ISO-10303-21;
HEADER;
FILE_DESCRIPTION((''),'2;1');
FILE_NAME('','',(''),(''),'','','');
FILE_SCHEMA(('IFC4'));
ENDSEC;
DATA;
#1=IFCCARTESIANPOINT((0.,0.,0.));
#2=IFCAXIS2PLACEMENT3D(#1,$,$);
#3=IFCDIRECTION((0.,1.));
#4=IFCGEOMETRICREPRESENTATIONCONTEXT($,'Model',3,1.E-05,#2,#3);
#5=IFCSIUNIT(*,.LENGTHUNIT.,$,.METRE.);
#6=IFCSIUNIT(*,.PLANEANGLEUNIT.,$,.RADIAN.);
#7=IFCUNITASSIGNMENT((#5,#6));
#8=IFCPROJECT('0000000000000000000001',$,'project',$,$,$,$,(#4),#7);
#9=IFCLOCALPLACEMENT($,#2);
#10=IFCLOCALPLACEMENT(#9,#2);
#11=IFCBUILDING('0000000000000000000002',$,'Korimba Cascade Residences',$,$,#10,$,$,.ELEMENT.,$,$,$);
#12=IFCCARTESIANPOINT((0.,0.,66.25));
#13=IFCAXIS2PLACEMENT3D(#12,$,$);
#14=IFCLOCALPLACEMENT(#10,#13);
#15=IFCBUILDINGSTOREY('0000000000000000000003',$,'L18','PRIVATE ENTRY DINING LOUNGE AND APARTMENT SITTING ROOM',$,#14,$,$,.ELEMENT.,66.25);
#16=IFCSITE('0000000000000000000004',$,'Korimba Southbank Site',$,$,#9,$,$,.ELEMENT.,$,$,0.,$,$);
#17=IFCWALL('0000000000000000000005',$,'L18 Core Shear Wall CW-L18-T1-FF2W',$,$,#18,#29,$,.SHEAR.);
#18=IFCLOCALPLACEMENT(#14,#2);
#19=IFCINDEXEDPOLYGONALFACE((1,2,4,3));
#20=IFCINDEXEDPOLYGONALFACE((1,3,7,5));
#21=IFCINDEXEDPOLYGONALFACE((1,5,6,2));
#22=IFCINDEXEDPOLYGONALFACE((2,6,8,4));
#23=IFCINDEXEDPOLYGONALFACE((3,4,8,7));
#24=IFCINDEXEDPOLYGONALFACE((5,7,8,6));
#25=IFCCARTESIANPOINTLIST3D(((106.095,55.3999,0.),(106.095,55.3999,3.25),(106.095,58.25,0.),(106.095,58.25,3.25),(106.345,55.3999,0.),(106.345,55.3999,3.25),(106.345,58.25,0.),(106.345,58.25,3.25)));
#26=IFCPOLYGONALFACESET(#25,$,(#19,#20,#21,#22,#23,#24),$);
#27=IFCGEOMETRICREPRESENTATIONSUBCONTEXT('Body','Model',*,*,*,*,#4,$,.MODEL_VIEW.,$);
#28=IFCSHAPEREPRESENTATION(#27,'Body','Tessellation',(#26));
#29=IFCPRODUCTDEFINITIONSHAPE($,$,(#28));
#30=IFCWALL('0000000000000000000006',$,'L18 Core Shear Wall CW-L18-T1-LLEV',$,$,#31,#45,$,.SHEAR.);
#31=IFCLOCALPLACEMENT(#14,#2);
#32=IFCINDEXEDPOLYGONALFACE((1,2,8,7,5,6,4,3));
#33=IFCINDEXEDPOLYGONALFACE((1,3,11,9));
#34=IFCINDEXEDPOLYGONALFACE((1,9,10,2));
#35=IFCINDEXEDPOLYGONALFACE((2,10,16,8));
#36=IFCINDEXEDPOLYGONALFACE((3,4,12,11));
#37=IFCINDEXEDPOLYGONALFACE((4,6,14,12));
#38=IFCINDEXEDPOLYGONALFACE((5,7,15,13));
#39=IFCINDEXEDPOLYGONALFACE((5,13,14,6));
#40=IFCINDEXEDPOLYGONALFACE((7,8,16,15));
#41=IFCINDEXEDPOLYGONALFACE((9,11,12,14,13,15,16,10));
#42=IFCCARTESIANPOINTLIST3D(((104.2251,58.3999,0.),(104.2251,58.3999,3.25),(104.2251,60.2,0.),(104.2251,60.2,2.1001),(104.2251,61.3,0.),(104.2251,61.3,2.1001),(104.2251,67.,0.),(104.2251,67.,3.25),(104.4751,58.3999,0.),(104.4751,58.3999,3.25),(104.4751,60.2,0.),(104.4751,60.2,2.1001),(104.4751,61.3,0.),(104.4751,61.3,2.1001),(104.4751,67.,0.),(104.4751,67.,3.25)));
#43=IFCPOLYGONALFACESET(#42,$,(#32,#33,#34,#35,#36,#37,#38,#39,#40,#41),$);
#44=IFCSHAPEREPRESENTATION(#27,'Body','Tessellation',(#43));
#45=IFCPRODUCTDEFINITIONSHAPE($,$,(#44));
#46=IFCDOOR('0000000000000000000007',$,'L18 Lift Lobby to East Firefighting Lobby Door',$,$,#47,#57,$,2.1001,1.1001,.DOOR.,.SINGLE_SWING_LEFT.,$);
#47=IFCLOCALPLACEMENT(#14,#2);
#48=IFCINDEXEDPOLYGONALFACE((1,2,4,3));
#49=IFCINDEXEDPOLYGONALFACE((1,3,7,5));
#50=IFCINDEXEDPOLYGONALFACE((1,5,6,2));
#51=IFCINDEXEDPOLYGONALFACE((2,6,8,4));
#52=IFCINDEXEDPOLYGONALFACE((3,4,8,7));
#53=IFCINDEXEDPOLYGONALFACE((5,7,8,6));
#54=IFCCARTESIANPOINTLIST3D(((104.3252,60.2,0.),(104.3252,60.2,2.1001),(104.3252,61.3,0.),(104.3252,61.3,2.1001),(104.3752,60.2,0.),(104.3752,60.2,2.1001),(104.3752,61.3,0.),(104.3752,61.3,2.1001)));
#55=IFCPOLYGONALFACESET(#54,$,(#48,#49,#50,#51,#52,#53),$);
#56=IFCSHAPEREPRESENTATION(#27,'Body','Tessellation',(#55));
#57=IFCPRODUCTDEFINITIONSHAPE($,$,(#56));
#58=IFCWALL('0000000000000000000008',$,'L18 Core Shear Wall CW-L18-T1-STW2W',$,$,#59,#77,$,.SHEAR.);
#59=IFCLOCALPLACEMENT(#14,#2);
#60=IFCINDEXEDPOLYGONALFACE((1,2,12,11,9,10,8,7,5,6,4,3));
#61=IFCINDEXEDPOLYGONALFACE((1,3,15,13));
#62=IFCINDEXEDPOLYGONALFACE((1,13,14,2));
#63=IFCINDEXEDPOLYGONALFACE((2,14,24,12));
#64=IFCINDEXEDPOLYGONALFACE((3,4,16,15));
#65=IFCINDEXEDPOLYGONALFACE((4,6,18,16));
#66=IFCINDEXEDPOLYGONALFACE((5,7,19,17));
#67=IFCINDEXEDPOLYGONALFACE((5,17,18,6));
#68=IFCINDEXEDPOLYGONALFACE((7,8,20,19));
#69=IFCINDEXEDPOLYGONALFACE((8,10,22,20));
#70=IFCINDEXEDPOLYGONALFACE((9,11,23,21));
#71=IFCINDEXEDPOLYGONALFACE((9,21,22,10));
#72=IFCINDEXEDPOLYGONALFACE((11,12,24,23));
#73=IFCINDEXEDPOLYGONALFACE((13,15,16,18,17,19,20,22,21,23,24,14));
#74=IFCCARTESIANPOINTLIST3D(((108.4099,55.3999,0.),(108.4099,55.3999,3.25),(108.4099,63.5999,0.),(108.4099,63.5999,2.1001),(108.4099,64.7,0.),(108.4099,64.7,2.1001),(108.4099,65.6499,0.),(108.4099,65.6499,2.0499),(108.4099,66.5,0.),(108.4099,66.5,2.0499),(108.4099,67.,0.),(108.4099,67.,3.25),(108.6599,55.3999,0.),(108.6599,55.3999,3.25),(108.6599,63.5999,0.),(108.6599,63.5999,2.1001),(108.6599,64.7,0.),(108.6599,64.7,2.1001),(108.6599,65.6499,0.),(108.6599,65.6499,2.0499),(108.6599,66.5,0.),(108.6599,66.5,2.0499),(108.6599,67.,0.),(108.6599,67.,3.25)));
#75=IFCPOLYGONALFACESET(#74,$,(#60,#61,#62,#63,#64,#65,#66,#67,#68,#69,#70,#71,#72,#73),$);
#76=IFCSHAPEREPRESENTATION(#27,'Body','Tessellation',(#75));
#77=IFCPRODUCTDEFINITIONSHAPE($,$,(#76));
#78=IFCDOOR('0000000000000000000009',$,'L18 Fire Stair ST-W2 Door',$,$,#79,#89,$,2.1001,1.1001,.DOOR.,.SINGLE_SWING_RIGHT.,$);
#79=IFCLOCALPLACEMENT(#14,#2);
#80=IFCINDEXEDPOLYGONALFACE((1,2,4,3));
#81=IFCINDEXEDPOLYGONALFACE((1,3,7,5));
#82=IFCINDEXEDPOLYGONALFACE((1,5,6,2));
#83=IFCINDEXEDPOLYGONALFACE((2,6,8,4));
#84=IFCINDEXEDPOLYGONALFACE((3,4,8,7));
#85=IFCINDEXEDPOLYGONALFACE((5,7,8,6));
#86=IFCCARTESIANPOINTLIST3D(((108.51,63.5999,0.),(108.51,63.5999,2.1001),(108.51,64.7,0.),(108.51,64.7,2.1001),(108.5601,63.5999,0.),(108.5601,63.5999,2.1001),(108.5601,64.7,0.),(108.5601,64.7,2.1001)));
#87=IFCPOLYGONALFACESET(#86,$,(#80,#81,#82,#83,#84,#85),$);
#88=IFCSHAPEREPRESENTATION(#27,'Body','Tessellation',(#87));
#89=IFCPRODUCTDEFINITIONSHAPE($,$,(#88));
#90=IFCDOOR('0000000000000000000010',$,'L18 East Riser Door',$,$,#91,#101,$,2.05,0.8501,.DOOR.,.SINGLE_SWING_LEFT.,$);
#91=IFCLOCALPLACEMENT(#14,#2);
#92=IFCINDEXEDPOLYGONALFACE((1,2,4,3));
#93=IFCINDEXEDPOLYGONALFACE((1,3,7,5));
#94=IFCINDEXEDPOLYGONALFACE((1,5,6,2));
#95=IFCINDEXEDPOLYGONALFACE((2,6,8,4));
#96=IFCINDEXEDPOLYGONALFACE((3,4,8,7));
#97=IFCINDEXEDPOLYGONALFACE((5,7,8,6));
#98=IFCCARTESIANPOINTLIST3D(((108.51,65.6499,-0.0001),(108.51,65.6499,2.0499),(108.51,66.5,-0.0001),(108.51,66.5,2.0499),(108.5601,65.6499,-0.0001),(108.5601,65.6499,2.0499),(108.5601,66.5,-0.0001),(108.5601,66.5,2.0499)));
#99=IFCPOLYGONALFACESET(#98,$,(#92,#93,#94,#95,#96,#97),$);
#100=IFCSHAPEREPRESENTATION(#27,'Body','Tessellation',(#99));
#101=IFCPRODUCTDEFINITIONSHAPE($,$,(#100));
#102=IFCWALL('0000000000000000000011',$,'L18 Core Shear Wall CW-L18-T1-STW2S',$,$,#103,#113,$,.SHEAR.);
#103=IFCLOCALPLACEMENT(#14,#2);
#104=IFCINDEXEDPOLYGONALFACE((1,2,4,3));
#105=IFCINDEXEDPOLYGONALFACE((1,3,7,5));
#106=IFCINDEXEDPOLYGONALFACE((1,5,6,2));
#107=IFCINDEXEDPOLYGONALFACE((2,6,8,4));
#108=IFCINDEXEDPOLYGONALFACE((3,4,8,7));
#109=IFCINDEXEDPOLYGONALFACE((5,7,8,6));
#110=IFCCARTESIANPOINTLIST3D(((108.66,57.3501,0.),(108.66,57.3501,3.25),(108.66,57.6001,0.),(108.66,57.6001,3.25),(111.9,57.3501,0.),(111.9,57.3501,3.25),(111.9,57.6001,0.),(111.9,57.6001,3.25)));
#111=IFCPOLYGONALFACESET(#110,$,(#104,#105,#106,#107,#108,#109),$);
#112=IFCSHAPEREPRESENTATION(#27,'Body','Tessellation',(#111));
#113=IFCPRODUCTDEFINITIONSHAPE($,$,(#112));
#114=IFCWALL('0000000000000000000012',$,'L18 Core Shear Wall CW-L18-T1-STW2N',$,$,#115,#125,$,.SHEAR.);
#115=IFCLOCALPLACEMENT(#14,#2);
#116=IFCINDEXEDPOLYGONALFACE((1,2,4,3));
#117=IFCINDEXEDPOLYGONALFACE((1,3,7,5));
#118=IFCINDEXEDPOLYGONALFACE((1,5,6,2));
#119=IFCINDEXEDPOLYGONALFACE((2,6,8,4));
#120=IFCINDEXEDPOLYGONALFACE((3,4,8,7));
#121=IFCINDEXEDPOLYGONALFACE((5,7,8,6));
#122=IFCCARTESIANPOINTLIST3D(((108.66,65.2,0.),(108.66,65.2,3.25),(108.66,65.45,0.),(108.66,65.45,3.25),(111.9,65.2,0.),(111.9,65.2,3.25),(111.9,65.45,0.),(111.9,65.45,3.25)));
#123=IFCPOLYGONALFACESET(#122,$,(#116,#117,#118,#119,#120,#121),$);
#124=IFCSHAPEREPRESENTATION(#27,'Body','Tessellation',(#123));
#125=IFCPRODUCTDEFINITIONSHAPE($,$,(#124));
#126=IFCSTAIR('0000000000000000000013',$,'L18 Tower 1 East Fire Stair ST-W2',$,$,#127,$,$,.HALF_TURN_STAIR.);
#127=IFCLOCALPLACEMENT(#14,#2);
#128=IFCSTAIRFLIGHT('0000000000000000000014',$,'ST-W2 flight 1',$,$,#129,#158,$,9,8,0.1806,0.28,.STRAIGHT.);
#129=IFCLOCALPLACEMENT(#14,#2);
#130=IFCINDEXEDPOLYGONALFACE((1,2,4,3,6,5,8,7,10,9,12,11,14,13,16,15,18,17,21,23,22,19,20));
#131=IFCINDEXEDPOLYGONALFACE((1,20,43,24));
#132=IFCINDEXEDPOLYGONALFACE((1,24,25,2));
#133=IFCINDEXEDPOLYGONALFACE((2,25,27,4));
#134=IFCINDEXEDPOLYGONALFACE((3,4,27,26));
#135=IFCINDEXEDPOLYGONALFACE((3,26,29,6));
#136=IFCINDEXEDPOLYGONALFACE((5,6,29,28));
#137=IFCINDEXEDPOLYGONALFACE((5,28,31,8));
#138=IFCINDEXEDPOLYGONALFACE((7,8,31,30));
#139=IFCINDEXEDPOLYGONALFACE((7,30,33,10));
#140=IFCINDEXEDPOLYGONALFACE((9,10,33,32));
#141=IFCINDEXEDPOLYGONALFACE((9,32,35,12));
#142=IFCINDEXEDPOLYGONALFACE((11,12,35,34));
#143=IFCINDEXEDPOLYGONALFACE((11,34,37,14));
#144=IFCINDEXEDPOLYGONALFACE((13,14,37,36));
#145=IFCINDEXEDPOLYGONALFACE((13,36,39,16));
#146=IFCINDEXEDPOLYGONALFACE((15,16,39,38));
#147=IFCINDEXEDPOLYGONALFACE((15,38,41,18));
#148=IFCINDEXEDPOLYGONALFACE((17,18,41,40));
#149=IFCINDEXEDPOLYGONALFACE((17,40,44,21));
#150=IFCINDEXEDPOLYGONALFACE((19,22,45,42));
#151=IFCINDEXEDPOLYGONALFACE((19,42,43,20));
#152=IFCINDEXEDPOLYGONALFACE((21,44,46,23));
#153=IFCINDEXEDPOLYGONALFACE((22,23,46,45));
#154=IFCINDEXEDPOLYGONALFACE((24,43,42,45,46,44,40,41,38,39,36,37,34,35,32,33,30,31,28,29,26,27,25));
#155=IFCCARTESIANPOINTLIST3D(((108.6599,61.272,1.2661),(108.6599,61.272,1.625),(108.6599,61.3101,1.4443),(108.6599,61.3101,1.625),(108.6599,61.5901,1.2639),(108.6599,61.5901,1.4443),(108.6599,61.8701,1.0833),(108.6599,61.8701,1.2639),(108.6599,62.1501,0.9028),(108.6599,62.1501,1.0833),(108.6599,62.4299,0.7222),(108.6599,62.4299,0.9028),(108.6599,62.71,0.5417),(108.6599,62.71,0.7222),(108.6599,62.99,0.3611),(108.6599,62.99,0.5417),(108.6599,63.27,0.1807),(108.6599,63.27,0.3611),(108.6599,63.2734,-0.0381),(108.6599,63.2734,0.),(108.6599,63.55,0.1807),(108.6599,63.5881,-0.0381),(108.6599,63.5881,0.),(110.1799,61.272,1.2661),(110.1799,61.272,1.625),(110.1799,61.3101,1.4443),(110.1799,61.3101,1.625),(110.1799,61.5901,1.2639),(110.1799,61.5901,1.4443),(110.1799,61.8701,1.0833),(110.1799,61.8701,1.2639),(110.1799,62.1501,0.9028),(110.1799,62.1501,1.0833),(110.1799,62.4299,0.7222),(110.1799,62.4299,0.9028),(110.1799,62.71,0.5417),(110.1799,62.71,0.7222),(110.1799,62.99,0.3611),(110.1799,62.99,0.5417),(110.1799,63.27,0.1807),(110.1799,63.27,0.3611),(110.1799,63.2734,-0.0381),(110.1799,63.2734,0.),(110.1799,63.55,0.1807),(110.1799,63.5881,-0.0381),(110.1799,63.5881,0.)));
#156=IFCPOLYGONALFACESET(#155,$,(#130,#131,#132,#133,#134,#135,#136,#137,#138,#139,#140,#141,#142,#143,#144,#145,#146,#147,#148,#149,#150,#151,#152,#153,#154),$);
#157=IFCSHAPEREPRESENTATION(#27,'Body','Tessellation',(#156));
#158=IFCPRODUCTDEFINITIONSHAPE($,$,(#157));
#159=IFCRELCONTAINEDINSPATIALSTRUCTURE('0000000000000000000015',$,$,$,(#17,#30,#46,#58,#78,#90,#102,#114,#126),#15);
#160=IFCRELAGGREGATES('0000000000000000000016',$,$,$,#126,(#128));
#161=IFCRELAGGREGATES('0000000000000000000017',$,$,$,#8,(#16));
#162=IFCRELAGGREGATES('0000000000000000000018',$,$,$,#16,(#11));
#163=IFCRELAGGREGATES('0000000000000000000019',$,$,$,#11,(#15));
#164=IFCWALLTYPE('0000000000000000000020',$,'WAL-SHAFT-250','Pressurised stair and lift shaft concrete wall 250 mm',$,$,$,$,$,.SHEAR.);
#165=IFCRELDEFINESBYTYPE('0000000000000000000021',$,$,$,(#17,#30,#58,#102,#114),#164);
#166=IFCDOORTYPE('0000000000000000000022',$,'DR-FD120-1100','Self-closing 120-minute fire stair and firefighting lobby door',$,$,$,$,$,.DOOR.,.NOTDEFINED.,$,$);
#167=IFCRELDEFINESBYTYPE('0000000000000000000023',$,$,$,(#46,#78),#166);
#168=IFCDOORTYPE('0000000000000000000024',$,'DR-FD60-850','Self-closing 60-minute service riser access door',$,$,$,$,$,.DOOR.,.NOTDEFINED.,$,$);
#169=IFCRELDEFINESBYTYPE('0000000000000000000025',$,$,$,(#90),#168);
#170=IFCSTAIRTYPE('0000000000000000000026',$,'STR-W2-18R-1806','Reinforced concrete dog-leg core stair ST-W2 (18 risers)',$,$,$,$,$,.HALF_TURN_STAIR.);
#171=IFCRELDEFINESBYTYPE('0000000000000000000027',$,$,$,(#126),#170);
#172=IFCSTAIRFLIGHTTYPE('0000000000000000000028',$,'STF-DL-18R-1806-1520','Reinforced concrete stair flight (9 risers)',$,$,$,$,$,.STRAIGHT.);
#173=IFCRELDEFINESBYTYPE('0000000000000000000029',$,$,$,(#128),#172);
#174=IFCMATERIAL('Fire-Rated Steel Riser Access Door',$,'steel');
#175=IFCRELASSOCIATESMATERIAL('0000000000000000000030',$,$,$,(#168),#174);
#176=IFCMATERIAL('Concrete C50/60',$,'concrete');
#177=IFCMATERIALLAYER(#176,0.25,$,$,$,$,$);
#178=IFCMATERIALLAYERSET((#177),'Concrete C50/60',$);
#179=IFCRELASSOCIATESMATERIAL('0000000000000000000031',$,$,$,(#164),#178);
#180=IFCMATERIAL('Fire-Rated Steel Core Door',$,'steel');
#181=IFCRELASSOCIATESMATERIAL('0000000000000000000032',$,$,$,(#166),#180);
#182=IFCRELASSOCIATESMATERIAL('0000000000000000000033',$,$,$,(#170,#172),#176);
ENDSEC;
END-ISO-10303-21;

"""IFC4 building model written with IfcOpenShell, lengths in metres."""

from ifc_helpers import new_model, si_unit, direction, frame, frame_2d, origin, place, context, subcontext, project, spatial, polyline, rectangle, outline, extrude, material, layer, layer_set, type_object, element, fill, aggregate, save


model = new_model("IFC4")

# Units and contexts
model_context = context("Model", 3, precision=1e-05, world=origin(), true_north=direction((0.0, 1.0)))
body_context = subcontext(model_context, "Body", "Model", "MODEL_VIEW")
ifc_project = project(units=[si_unit("LENGTHUNIT", "METRE"), si_unit("PLANEANGLEUNIT", "RADIAN")], contexts=[model_context])

# Site, building, storey
site_placement = place(None, origin())
site = spatial("IfcSite", under=ifc_project, at=site_placement, Name="Korimba Southbank Site", CompositionType="ELEMENT", RefElevation=0.0)
building_placement = place(site_placement, origin())
building = spatial("IfcBuilding", under=site, at=building_placement, Name="Korimba Cascade Residences", CompositionType="ELEMENT")
storey_placement = place(building_placement, frame((0.0, 0.0, 66.25)))
storey = spatial("IfcBuildingStorey", under=building, at=storey_placement, Name="L18", Description="PRIVATE ENTRY DINING LOUNGE AND APARTMENT SITTING ROOM", CompositionType="ELEMENT", Elevation=66.25)

# Shared definitions
ifc_material_1 = material(Name="Concrete C50/60", Category="concrete")

# Shared definitions
ifc_material_2 = material(Name="Fire-Rated Steel Riser Access Door", Category="steel")
door_type_1 = type_object("IfcDoorType", Name="DR-FD60-850", Description="Self-closing 60-minute service riser access door", OperationType="NOTDEFINED", PredefinedType="DOOR", material=ifc_material_2)

# Wall
ifc_layer_1 = layer(ifc_material_1, 0.25)
ifc_layer_set_1 = layer_set([ifc_layer_1], Name="Concrete C50/60")
wall_type_1 = type_object("IfcWallType", Name="WAL-SHAFT-250", Description="Pressurised stair and lift shaft concrete wall 250 mm", PredefinedType="SHEAR", material=ifc_layer_set_1)
wall_1_placement = place(storey_placement, frame((106.22, 55.3999, 0.0), z_axis=(0.0, 0.0, 1.0), x_axis=(0.0, 1.0, 0.0)))
element("IfcWall", 1, at=wall_1_placement, inside=storey, type_object=wall_type_1, Name="L18 Core Shear Wall CW-L18-T1-FF2W", PredefinedType="SHEAR", context=body_context, shape_type="SweptSolid", body=[
    extrude(rectangle(XDim=2.8501, YDim=0.25, at=frame_2d((1.425, 0.0))), origin(), (0.0, 0.0, 1.0), 3.25),
])

# Wall, opening, door
wall_2_placement = place(storey_placement, frame((104.3501, 58.3999, 0.0), z_axis=(0.0, 0.0, 1.0), x_axis=(0.0, 1.0, 0.0)))
wall_2 = element("IfcWall", 2, at=wall_2_placement, inside=storey, type_object=wall_type_1, Name="L18 Core Shear Wall CW-L18-T1-LLEV", PredefinedType="SHEAR", context=body_context, shape_type="SweptSolid", body=[
    extrude(rectangle(XDim=8.6001, YDim=0.25, at=frame_2d((4.3, 0.0))), origin(), (0.0, 0.0, 1.0), 3.25),
])
opening_1_placement = place(wall_2_placement, frame((1.8, 0.0, 0.0)))
opening_1 = element("IfcOpeningElement", 3, at=opening_1_placement, cuts=wall_2, PredefinedType="OPENING", context=body_context, shape_type="SweptSolid", body=[
    extrude(rectangle(XDim=1.1001, YDim=2.1001, at=frame_2d((0.55, 1.05))), frame((0.0, 0.135, 0.0), z_axis=(0.0, -1.0, 0.0), x_axis=(1.0, 0.0, 0.0)), (0.0, 0.0, 1.0), 0.27),
])
ifc_material_3 = material(Name="Fire-Rated Steel Core Door", Category="steel")
door_type_2 = type_object("IfcDoorType", Name="DR-FD120-1100", Description="Self-closing 120-minute fire stair and firefighting lobby door", OperationType="NOTDEFINED", PredefinedType="DOOR", material=ifc_material_3)
door_1_placement = place(opening_1_placement, origin())
door_1 = element("IfcDoor", 4, at=door_1_placement, inside=storey, type_object=door_type_2, Name="L18 Lift Lobby to East Firefighting Lobby Door", OperationType="SINGLE_SWING_LEFT", OverallHeight=2.1001, OverallWidth=1.1001, PredefinedType="DOOR", context=body_context, shape_type="SweptSolid", body=[
    extrude(rectangle(XDim=1.1001, YDim=2.1001, at=frame_2d((0.55, 1.05))), frame((0.0, 0.0249, 0.0), z_axis=(0.0, -1.0, 0.0), x_axis=(1.0, 0.0, 0.0)), (0.0, 0.0, 1.0), 0.05),
])
fill(opening_1, door_1)

# Wall, openings, doors
wall_3_placement = place(storey_placement, frame((108.5349, 55.3999, 0.0), z_axis=(0.0, 0.0, 1.0), x_axis=(0.0, 1.0, 0.0)))
wall_3 = element("IfcWall", 5, at=wall_3_placement, inside=storey, type_object=wall_type_1, Name="L18 Core Shear Wall CW-L18-T1-STW2W", PredefinedType="SHEAR", context=body_context, shape_type="SweptSolid", body=[
    extrude(rectangle(XDim=11.6001, YDim=0.25, at=frame_2d((5.8, 0.0))), origin(), (0.0, 0.0, 1.0), 3.25),
])
opening_2_placement = place(wall_3_placement, frame((8.2, 0.0, 0.0)))
opening_2 = element("IfcOpeningElement", 6, at=opening_2_placement, cuts=wall_3, PredefinedType="OPENING", context=body_context, shape_type="SweptSolid", body=[
    extrude(rectangle(XDim=1.1001, YDim=2.1001, at=frame_2d((0.55, 1.05))), frame((0.0, 0.135, 0.0), z_axis=(0.0, -1.0, 0.0), x_axis=(1.0, 0.0, 0.0)), (0.0, 0.0, 1.0), 0.27),
])
opening_3_placement = place(wall_3_placement, frame((10.25, 0.0, 0.0)))
opening_3 = element("IfcOpeningElement", 7, at=opening_3_placement, cuts=wall_3, PredefinedType="OPENING", context=body_context, shape_type="SweptSolid", body=[
    extrude(rectangle(XDim=0.8501, YDim=2.05, at=frame_2d((0.425, 1.0249))), frame((0.0, 0.135, 0.0), z_axis=(0.0, -1.0, 0.0), x_axis=(1.0, 0.0, 0.0)), (0.0, 0.0, 1.0), 0.27),
])
door_2_placement = place(opening_2_placement, origin())
door_2 = element("IfcDoor", 8, at=door_2_placement, inside=storey, type_object=door_type_2, Name="L18 Fire Stair ST-W2 Door", OperationType="SINGLE_SWING_RIGHT", OverallHeight=2.1001, OverallWidth=1.1001, PredefinedType="DOOR", context=body_context, shape_type="SweptSolid", body=[
    extrude(rectangle(XDim=1.1001, YDim=2.1001, at=frame_2d((0.55, 1.05))), frame((0.0, 0.0249, 0.0), z_axis=(0.0, -1.0, 0.0), x_axis=(1.0, 0.0, 0.0)), (0.0, 0.0, 1.0), 0.05),
])
fill(opening_2, door_2)
door_3_placement = place(opening_3_placement, origin())
door_3 = element("IfcDoor", 9, at=door_3_placement, inside=storey, type_object=door_type_1, Name="L18 East Riser Door", OperationType="SINGLE_SWING_LEFT", OverallHeight=2.05, OverallWidth=0.8501, PredefinedType="DOOR", context=body_context, shape_type="SweptSolid", body=[
    extrude(rectangle(XDim=0.8501, YDim=2.05, at=frame_2d((0.425, 1.0249))), frame((0.0, 0.0249, 0.0), z_axis=(0.0, -1.0, 0.0), x_axis=(1.0, 0.0, 0.0)), (0.0, 0.0, 1.0), 0.05),
])
fill(opening_3, door_3)

# Walls
for number, where, z_axis, x_axis, name in (
    (10, (108.6599, 57.4751, 0.0), (0.0, 0.0, 1.0), (1.0, 0.0, 0.0), "L18 Core Shear Wall CW-L18-T1-STW2S"),
    (11, (108.6599, 65.325, 0.0), (0.0, 0.0, 1.0), (1.0, 0.0, 0.0), "L18 Core Shear Wall CW-L18-T1-STW2N"),
):
    element("IfcWall", number, at=place(storey_placement, frame(where, z_axis=z_axis, x_axis=x_axis)), inside=storey, type_object=wall_type_1, Name=name, PredefinedType="SHEAR", context=body_context, shape_type="SweptSolid", body=[
        extrude(rectangle(XDim=3.24, YDim=0.25, at=frame_2d((1.6201, 0.0))), origin(), (0.0, 0.0, 1.0), 3.25),
    ])

# Stair, stair flight
stair_type = type_object("IfcStairType", Name="STR-W2-18R-1806", Description="Reinforced concrete dog-leg core stair ST-W2 (18 risers)", PredefinedType="HALF_TURN_STAIR", material=ifc_material_1)
stair_placement = place(storey_placement, origin())
stair = element("IfcStair", 12, at=stair_placement, inside=storey, type_object=stair_type, Name="L18 Tower 1 East Fire Stair ST-W2", PredefinedType="HALF_TURN_STAIR")
stair_flight_type = type_object("IfcStairFlightType", Name="STF-DL-18R-1806-1520", Description="Reinforced concrete stair flight (9 risers)", PredefinedType="STRAIGHT", material=ifc_material_1)
stair_flight_1_placement = place(storey_placement, frame((109.4199, 63.55, 0.0), z_axis=(0.0, 0.0, 1.0), x_axis=(0.0, -1.0, 0.0)))
stair_flight_1 = element("IfcStairFlight", 13, at=stair_flight_1_placement, type_object=stair_flight_type, Name="ST-W2 flight 1", NumberOfRisers=9, NumberOfTreads=8, PredefinedType="STRAIGHT", RiserHeight=0.1806, TreadLength=0.28, context=body_context, shape_type="SweptSolid", body=[
    extrude(outline(polyline([(-0.0381, 0.0), (0.0, 0.1807), (0.28, 0.1807), (0.28, 0.3611), (0.5601, 0.3611), (0.5601, 0.5417), (0.8401, 0.5417), (0.8401, 0.7222), (1.1201, 0.7222), (1.1201, 0.9028), (1.3999, 0.9028), (1.3999, 1.0833), (1.6799, 1.0833), (1.6799, 1.2639), (1.96, 1.2639), (1.96, 1.4443), (2.24, 1.4443), (2.24, 1.625), (2.2781, 1.625), (2.2781, 1.2661), (0.2766, 0.0), (0.2766, -0.0381), (-0.0381, -0.0381), (-0.0381, 0.0)])), frame((0.0, 0.76, 0.0), z_axis=(0.0, -1.0, 0.0), x_axis=(1.0, 0.0, 0.0)), (0.0, 0.0, 1.0), 1.52),
])
aggregate(stair, [stair_flight_1])

save(model, "model.ifc")
